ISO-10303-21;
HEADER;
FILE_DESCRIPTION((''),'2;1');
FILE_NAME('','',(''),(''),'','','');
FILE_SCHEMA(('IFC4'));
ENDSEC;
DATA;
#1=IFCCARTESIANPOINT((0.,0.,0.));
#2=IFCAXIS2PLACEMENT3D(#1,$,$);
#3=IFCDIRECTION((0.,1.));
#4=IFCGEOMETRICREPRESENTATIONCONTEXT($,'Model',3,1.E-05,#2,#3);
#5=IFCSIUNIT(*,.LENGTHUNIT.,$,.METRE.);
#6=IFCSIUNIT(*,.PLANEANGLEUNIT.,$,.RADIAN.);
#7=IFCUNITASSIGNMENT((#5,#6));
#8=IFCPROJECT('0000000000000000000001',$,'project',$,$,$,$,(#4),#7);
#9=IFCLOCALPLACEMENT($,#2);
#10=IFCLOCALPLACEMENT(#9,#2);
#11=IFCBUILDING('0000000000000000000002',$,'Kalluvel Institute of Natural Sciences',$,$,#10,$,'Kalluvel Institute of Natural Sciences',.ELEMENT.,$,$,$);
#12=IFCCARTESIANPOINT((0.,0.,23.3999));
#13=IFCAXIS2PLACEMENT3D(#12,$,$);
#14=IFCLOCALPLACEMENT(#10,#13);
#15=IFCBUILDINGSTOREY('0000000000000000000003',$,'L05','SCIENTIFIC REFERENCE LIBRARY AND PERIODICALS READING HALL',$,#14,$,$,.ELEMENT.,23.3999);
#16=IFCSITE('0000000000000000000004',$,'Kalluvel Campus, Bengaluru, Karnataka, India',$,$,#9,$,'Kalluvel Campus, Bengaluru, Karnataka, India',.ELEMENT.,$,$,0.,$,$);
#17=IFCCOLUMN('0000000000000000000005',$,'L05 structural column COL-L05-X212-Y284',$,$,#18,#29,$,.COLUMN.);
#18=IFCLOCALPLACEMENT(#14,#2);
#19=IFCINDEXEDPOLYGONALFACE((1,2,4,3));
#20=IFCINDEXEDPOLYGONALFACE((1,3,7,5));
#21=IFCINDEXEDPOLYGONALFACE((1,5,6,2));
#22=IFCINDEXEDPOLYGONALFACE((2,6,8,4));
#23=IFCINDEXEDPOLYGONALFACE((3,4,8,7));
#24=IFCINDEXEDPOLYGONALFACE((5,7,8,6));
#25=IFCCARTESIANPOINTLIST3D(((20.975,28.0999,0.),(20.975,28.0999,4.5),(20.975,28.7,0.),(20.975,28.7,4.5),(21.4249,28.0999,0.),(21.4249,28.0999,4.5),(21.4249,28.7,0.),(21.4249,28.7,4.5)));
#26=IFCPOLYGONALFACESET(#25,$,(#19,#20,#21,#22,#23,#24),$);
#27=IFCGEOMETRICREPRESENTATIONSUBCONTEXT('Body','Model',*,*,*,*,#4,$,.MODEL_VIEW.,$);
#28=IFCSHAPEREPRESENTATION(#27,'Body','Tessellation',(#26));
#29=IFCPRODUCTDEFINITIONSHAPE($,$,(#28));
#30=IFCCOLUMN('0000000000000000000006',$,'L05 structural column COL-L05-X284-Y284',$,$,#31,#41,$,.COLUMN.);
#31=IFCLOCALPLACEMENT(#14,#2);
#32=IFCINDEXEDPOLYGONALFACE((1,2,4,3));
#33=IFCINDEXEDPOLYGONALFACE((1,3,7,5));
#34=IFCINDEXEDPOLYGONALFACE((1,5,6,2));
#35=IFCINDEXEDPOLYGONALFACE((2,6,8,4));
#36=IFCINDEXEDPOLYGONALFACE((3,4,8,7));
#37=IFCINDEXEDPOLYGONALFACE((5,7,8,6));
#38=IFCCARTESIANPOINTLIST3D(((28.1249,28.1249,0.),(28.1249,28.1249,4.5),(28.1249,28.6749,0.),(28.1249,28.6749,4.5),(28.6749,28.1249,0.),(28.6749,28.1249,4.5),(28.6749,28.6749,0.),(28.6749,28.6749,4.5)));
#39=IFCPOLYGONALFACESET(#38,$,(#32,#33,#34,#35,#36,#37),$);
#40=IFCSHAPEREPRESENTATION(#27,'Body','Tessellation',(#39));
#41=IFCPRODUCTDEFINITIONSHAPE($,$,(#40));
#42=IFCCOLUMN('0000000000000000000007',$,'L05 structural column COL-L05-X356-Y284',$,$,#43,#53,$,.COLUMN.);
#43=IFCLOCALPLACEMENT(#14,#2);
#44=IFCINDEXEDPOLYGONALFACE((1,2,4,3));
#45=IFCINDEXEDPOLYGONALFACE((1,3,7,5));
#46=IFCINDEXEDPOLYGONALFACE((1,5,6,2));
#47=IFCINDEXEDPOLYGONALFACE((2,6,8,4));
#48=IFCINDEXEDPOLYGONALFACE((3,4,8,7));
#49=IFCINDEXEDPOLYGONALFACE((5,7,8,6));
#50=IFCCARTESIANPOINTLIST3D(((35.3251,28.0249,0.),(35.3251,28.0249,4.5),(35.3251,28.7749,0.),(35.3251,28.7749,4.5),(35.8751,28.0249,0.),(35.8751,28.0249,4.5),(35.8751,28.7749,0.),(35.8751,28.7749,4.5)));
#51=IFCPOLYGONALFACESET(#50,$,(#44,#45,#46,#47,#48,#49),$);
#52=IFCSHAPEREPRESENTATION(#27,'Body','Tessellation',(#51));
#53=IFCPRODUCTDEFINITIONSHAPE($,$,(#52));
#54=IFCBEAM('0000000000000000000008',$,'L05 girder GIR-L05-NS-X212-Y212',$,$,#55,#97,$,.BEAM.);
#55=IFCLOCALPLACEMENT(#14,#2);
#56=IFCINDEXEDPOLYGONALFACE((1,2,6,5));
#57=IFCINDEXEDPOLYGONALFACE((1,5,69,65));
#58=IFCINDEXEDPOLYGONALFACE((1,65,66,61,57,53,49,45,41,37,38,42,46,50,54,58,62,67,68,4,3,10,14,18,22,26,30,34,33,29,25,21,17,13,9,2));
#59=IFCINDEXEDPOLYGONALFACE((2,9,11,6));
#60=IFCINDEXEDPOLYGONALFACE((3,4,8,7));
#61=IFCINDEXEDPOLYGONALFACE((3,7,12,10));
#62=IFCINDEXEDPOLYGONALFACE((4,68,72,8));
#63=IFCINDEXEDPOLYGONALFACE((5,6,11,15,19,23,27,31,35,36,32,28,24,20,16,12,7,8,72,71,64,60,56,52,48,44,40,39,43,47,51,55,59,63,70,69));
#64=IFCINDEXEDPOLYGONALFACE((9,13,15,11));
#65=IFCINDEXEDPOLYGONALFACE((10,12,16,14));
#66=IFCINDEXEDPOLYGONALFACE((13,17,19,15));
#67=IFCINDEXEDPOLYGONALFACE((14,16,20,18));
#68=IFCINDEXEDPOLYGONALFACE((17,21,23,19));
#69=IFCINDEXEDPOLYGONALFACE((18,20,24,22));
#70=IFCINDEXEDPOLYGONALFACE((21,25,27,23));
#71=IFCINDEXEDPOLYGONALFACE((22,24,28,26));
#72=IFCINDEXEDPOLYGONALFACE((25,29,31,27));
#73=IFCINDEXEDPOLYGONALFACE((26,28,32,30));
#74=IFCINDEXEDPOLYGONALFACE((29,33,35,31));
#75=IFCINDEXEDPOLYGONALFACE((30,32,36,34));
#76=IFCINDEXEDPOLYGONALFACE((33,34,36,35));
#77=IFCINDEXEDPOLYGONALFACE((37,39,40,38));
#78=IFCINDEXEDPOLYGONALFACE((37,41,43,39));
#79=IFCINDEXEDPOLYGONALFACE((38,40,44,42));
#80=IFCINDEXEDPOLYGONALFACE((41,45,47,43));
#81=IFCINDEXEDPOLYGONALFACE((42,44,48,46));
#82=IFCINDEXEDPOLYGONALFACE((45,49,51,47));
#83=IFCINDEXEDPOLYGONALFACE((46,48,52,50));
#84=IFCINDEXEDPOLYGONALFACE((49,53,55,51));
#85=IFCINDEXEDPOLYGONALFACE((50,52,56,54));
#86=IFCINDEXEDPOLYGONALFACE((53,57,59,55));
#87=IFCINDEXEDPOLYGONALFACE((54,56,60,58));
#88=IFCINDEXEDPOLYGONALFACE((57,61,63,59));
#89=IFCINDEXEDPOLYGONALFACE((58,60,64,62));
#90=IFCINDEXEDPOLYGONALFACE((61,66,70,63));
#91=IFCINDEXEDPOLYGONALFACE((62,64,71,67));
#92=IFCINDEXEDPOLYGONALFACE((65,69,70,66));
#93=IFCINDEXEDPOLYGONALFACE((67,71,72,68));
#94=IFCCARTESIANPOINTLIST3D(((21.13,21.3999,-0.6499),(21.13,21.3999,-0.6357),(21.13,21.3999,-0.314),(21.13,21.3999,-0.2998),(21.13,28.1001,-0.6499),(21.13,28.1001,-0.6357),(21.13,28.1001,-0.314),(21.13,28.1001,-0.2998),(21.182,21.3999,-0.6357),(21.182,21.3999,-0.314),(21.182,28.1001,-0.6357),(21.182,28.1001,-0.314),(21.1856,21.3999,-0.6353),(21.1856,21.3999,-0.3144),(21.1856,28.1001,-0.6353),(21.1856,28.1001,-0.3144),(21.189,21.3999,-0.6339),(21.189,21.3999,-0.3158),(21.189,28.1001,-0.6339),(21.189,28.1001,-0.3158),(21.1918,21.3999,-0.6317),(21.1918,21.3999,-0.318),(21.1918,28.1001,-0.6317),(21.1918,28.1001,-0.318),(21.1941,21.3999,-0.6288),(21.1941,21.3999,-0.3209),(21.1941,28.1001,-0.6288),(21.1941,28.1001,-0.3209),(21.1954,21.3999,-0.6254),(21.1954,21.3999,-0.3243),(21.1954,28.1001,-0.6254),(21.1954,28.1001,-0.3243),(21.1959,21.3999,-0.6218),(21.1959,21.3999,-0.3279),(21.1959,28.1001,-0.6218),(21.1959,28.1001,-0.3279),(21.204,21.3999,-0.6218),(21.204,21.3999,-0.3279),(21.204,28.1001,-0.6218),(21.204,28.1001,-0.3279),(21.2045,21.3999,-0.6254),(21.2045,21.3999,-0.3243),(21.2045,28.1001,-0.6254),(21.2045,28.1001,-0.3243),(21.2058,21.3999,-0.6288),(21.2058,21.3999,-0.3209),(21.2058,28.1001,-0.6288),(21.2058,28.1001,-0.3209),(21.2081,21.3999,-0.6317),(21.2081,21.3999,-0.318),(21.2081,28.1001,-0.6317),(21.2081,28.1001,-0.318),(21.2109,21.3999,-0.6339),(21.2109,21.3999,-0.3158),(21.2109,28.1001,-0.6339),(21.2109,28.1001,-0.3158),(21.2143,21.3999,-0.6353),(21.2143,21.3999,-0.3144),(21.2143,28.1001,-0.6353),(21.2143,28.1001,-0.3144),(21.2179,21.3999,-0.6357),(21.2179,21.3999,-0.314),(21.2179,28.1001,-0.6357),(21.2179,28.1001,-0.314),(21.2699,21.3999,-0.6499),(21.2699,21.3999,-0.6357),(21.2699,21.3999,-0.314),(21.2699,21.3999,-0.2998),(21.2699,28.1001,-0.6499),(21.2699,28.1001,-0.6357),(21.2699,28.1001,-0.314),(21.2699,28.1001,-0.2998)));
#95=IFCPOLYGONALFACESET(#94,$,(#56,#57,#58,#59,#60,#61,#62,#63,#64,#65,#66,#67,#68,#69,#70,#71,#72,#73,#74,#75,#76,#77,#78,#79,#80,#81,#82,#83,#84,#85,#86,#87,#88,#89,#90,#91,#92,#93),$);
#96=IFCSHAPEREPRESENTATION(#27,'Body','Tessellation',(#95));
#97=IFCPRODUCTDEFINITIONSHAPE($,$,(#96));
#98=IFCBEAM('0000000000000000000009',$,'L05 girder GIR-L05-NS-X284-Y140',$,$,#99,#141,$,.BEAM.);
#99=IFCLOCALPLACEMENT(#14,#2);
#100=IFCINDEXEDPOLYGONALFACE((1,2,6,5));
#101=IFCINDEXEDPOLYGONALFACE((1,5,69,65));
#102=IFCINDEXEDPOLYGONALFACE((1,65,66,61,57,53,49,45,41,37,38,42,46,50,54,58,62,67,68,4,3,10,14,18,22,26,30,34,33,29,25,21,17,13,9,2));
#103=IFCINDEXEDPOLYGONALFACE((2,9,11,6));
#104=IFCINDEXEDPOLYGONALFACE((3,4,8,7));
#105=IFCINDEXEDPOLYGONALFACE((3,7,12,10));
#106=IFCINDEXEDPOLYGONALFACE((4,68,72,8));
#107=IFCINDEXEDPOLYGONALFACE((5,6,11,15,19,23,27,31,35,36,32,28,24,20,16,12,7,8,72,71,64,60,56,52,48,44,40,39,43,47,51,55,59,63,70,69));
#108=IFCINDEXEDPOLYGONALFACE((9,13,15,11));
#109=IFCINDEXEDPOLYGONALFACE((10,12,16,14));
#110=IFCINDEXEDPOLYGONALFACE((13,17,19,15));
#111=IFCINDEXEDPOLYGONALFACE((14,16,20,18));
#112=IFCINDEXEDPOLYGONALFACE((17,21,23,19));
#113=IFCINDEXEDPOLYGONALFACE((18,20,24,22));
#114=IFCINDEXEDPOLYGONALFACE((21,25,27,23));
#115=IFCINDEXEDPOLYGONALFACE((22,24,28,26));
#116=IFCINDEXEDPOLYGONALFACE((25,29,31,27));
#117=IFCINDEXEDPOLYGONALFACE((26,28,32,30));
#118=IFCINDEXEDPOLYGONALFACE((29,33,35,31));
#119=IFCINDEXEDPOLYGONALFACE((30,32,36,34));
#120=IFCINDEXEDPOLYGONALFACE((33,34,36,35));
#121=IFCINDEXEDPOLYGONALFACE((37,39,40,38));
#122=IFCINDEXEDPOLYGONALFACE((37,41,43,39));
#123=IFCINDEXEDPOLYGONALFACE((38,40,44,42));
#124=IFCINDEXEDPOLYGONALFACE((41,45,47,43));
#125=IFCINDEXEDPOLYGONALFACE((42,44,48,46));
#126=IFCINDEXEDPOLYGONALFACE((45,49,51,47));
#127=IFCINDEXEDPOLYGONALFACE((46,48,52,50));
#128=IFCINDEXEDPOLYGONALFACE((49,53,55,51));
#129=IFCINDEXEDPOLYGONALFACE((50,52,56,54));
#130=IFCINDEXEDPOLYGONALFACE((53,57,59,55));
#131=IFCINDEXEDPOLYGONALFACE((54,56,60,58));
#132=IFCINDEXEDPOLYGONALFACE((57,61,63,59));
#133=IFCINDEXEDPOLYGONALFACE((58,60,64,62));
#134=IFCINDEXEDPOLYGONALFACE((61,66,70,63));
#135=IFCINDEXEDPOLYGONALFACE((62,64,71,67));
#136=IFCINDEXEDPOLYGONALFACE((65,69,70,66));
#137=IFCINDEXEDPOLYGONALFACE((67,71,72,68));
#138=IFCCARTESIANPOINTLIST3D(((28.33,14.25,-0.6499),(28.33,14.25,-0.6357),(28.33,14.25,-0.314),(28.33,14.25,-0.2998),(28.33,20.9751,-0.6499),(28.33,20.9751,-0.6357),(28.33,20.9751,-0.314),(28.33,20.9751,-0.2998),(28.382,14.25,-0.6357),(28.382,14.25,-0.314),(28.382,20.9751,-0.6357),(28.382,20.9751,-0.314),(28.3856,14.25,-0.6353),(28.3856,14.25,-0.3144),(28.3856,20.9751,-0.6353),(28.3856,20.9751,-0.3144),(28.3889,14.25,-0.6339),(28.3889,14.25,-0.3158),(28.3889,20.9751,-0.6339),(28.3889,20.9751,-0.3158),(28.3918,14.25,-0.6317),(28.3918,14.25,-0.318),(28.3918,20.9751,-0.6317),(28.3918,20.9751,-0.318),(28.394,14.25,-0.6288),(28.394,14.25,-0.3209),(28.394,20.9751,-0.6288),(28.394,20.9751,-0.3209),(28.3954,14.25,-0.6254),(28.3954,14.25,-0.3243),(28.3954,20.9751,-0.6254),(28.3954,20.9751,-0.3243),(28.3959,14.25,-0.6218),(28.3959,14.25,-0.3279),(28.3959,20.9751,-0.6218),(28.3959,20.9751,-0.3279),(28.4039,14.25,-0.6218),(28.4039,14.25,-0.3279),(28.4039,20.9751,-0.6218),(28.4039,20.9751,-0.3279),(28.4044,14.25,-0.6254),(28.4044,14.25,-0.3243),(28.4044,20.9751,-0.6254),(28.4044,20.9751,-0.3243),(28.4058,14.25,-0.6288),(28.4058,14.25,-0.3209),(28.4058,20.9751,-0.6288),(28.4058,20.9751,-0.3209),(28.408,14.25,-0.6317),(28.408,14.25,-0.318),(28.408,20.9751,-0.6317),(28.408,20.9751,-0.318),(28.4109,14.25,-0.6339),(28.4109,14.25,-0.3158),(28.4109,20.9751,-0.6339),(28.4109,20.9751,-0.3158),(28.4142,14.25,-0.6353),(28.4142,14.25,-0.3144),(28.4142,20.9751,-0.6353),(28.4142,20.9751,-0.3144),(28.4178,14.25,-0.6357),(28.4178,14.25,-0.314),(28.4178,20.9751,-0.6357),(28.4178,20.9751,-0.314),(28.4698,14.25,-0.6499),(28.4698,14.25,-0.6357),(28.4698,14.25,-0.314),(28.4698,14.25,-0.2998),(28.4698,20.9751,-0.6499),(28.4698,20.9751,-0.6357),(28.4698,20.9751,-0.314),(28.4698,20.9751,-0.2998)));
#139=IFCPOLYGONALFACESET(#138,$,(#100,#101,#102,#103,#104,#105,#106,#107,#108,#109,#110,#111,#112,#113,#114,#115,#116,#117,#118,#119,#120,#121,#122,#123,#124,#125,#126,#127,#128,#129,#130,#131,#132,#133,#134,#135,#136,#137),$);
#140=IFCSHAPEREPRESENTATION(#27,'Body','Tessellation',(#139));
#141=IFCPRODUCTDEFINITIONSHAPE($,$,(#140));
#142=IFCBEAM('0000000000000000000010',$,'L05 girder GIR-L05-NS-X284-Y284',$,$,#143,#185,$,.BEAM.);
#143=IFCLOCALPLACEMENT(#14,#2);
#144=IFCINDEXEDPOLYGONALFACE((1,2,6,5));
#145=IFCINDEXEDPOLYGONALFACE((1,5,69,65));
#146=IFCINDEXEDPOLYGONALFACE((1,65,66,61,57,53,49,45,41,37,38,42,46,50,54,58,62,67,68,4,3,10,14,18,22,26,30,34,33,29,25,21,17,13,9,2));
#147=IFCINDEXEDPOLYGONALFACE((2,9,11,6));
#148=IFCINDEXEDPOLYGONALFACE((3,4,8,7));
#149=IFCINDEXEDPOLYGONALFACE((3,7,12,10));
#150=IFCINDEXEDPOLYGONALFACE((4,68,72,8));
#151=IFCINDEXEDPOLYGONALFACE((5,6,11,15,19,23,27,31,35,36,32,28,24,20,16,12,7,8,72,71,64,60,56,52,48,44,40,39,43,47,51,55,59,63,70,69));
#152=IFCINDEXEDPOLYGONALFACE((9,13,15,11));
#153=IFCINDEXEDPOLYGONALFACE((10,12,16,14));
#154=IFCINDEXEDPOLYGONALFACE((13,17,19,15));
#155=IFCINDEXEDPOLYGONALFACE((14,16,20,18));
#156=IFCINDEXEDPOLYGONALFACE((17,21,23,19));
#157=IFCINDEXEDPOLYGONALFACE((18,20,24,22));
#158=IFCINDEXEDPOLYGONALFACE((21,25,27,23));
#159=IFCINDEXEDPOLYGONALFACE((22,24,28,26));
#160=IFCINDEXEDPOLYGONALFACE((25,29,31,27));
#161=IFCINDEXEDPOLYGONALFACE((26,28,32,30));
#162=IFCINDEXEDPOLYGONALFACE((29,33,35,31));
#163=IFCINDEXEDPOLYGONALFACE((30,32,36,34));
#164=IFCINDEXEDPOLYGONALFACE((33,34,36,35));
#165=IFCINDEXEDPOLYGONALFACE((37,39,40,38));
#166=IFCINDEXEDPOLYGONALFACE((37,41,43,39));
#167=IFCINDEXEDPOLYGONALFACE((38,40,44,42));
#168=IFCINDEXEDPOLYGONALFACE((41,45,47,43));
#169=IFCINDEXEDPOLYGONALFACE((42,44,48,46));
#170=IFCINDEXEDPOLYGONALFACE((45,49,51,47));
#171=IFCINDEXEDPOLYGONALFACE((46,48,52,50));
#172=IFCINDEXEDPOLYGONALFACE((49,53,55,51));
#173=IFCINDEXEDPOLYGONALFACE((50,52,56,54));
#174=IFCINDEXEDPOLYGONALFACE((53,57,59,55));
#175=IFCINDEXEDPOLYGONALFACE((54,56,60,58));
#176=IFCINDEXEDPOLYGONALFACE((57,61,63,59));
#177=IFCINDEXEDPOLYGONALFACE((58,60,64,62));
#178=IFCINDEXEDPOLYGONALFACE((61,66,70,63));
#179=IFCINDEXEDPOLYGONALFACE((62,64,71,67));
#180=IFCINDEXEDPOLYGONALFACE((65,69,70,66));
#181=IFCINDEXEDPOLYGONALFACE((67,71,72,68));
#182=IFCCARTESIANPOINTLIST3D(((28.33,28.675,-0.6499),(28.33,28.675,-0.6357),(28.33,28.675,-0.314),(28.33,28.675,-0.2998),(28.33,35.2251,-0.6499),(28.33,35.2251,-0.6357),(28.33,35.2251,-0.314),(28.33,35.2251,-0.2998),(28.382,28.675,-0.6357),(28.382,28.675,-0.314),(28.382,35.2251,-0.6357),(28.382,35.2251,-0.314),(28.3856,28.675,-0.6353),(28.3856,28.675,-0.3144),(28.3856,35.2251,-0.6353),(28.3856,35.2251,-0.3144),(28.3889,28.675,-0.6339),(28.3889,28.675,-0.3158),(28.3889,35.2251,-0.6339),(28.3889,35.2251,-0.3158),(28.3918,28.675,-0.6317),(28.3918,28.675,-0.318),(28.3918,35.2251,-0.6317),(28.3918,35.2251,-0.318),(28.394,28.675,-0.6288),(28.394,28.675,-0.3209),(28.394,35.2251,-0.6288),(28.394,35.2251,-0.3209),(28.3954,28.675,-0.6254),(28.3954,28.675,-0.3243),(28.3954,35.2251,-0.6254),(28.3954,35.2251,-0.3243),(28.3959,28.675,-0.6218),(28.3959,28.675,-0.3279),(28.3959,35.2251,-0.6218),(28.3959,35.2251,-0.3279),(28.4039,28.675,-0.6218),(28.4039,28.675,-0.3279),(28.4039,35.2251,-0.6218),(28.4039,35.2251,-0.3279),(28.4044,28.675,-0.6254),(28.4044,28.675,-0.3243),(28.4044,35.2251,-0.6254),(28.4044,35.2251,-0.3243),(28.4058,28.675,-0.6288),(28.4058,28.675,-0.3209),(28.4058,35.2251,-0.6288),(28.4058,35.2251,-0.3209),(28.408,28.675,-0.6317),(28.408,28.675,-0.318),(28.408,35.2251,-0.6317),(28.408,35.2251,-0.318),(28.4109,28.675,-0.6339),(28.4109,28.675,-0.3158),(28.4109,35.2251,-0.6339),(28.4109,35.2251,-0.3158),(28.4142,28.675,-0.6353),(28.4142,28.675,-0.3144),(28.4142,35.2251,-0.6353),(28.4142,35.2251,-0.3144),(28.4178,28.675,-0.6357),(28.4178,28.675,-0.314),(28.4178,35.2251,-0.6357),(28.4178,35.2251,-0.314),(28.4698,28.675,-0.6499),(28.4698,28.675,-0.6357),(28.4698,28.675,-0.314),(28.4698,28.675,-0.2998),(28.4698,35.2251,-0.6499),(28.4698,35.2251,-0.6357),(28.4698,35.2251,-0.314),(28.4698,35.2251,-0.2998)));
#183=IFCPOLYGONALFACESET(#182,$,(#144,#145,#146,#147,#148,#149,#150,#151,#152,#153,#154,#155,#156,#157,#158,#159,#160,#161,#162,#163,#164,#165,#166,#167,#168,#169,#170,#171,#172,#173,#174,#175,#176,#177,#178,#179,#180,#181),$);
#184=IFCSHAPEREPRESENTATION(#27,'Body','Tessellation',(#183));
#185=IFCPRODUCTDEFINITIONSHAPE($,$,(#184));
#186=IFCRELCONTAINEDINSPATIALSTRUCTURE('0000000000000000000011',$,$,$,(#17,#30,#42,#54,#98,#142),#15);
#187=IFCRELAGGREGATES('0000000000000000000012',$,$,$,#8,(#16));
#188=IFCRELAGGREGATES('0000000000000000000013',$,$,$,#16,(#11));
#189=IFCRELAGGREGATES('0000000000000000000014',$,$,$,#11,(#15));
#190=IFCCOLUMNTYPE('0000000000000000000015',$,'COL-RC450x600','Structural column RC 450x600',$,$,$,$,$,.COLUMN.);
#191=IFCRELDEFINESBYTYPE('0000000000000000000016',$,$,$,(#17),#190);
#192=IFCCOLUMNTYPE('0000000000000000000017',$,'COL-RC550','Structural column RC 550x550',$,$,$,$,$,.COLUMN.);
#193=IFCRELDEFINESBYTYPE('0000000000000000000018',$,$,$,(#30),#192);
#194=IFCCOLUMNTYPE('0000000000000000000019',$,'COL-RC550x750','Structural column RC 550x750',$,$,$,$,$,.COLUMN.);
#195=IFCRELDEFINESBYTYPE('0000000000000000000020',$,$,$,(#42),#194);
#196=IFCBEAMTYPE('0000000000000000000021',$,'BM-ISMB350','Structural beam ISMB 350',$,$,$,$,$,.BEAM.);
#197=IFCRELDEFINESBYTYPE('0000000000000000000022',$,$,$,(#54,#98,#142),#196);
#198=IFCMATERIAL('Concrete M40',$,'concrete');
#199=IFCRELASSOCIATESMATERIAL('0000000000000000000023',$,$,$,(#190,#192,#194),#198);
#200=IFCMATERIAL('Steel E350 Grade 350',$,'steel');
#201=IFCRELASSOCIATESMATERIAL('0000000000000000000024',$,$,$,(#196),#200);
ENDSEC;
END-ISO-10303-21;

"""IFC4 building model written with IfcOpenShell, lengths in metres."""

from ifc_helpers import new_model, si_unit, direction, frame, origin, origin_2d, place, context, subcontext, project, spatial, rectangle, i_section, extrude, material, material_profile, profile_set, type_object, element, save


model = new_model("IFC4")

# Units and contexts
model_context = context("Model", 3, precision=1e-05, world=origin(), true_north=direction((0.0, 1.0)))
body_context = subcontext(model_context, "Body", "Model", "MODEL_VIEW")
ifc_project = project(units=[si_unit("LENGTHUNIT", "METRE"), si_unit("PLANEANGLEUNIT", "RADIAN")], contexts=[model_context])

# Site, building, storey
site_placement = place(None, origin())
site = spatial("IfcSite", under=ifc_project, at=site_placement, Name="Kalluvel Campus, Bengaluru, Karnataka, India", LongName="Kalluvel Campus, Bengaluru, Karnataka, India", CompositionType="ELEMENT", RefElevation=0.0)
building_placement = place(site_placement, origin())
building = spatial("IfcBuilding", under=site, at=building_placement, Name="Kalluvel Institute of Natural Sciences", LongName="Kalluvel Institute of Natural Sciences", CompositionType="ELEMENT")
storey_placement = place(building_placement, frame((0.0, 0.0, 23.3999)))
storey = spatial("IfcBuildingStorey", under=building, at=storey_placement, Name="L05", Description="SCIENTIFIC REFERENCE LIBRARY AND PERIODICALS READING HALL", CompositionType="ELEMENT", Elevation=23.3999)

# Columns
ifc_material_1 = material(Name="Concrete M40", Category="concrete")
ifc_material_profile_1 = material_profile(ifc_material_1, rectangle(XDim=0.45, YDim=0.6001, at=origin_2d()), Name="RC 450x600")
ifc_profile_set_1 = profile_set([ifc_material_profile_1], Name="Concrete M40")
column_type_1 = type_object("IfcColumnType", Name="COL-RC450x600", Description="Structural column RC 450x600", PredefinedType="COLUMN", material=ifc_profile_set_1)
column_1_placement = place(storey_placement, frame((21.2, 28.3999, 0.0), z_axis=(0.0, 0.0, 1.0), x_axis=(1.0, 0.0, 0.0)))
element("IfcColumn", 1, at=column_1_placement, inside=storey, type_object=column_type_1, Name="L05 structural column COL-L05-X212-Y284", PredefinedType="COLUMN", context=body_context, shape_type="SweptSolid", body=[
    extrude(rectangle(XDim=0.45, YDim=0.6001, at=origin_2d()), origin(), (0.0, 0.0, 1.0), 4.5),
])
ifc_material_profile_2 = material_profile(ifc_material_1, rectangle(XDim=0.55, YDim=0.55, at=origin_2d()), Name="RC 550x550")
ifc_profile_set_2 = profile_set([ifc_material_profile_2], Name="Concrete M40")
column_type_2 = type_object("IfcColumnType", Name="COL-RC550", Description="Structural column RC 550x550", PredefinedType="COLUMN", material=ifc_profile_set_2)
column_2_placement = place(storey_placement, frame((28.3999, 28.3999, 0.0), z_axis=(0.0, 0.0, 1.0), x_axis=(1.0, 0.0, 0.0)))
element("IfcColumn", 2, at=column_2_placement, inside=storey, type_object=column_type_2, Name="L05 structural column COL-L05-X284-Y284", PredefinedType="COLUMN", context=body_context, shape_type="SweptSolid", body=[
    extrude(rectangle(XDim=0.55, YDim=0.55, at=origin_2d()), origin(), (0.0, 0.0, 1.0), 4.5),
])
ifc_material_profile_3 = material_profile(ifc_material_1, rectangle(XDim=0.55, YDim=0.75, at=origin_2d()), Name="RC 550x750")
ifc_profile_set_3 = profile_set([ifc_material_profile_3], Name="Concrete M40")
column_type_3 = type_object("IfcColumnType", Name="COL-RC550x750", Description="Structural column RC 550x750", PredefinedType="COLUMN", material=ifc_profile_set_3)
column_3_placement = place(storey_placement, frame((35.6001, 28.3999, 0.0), z_axis=(0.0, 0.0, 1.0), x_axis=(1.0, 0.0, 0.0)))
element("IfcColumn", 3, at=column_3_placement, inside=storey, type_object=column_type_3, Name="L05 structural column COL-L05-X356-Y284", PredefinedType="COLUMN", context=body_context, shape_type="SweptSolid", body=[
    extrude(rectangle(XDim=0.55, YDim=0.75, at=origin_2d()), origin(), (0.0, 0.0, 1.0), 4.5),
])

# Beams
ifc_material_2 = material(Name="Steel E350 Grade 350", Category="steel")
ifc_material_profile_4 = material_profile(ifc_material_2, i_section(OverallWidth=0.1399, OverallDepth=0.3501, WebThickness=0.0081, FlangeThickness=0.0142, FilletRadius=0.0139, at=origin_2d()), Name="ISMB 350")
ifc_profile_set_4 = profile_set([ifc_material_profile_4], Name="Steel E350 Grade 350")
beam_type_1 = type_object("IfcBeamType", Name="BM-ISMB350", Description="Structural beam ISMB 350", PredefinedType="BEAM", material=ifc_profile_set_4)
beam_1_placement = place(storey_placement, frame((21.2, 21.3999, -0.4749), z_axis=(0.0, 1.0, 0.0), x_axis=(-1.0, 0.0, 0.0)))
element("IfcBeam", 4, at=beam_1_placement, inside=storey, type_object=beam_type_1, Name="L05 girder GIR-L05-NS-X212-Y212", PredefinedType="BEAM", context=body_context, shape_type="SweptSolid", body=[
    extrude(i_section(OverallWidth=0.1399, OverallDepth=0.3501, WebThickness=0.0081, FlangeThickness=0.0142, FilletRadius=0.0139, at=origin_2d()), origin(), (0.0, 0.0, 1.0), 6.7002),
])
beam_2_placement = place(storey_placement, frame((28.3999, 14.25, -0.4749), z_axis=(0.0, 1.0, 0.0), x_axis=(-1.0, 0.0, 0.0)))
element("IfcBeam", 5, at=beam_2_placement, inside=storey, type_object=beam_type_1, Name="L05 girder GIR-L05-NS-X284-Y140", PredefinedType="BEAM", context=body_context, shape_type="SweptSolid", body=[
    extrude(i_section(OverallWidth=0.1399, OverallDepth=0.3501, WebThickness=0.0081, FlangeThickness=0.0142, FilletRadius=0.0139, at=origin_2d()), origin(), (0.0, 0.0, 1.0), 6.7251),
])
beam_3_placement = place(storey_placement, frame((28.3999, 28.675, -0.4749), z_axis=(0.0, 1.0, 0.0), x_axis=(-1.0, 0.0, 0.0)))
element("IfcBeam", 6, at=beam_3_placement, inside=storey, type_object=beam_type_1, Name="L05 girder GIR-L05-NS-X284-Y284", PredefinedType="BEAM", context=body_context, shape_type="SweptSolid", body=[
    extrude(i_section(OverallWidth=0.1399, OverallDepth=0.3501, WebThickness=0.0081, FlangeThickness=0.0142, FilletRadius=0.0139, at=origin_2d()), origin(), (0.0, 0.0, 1.0), 6.55),
])

save(model, "model.ifc")
